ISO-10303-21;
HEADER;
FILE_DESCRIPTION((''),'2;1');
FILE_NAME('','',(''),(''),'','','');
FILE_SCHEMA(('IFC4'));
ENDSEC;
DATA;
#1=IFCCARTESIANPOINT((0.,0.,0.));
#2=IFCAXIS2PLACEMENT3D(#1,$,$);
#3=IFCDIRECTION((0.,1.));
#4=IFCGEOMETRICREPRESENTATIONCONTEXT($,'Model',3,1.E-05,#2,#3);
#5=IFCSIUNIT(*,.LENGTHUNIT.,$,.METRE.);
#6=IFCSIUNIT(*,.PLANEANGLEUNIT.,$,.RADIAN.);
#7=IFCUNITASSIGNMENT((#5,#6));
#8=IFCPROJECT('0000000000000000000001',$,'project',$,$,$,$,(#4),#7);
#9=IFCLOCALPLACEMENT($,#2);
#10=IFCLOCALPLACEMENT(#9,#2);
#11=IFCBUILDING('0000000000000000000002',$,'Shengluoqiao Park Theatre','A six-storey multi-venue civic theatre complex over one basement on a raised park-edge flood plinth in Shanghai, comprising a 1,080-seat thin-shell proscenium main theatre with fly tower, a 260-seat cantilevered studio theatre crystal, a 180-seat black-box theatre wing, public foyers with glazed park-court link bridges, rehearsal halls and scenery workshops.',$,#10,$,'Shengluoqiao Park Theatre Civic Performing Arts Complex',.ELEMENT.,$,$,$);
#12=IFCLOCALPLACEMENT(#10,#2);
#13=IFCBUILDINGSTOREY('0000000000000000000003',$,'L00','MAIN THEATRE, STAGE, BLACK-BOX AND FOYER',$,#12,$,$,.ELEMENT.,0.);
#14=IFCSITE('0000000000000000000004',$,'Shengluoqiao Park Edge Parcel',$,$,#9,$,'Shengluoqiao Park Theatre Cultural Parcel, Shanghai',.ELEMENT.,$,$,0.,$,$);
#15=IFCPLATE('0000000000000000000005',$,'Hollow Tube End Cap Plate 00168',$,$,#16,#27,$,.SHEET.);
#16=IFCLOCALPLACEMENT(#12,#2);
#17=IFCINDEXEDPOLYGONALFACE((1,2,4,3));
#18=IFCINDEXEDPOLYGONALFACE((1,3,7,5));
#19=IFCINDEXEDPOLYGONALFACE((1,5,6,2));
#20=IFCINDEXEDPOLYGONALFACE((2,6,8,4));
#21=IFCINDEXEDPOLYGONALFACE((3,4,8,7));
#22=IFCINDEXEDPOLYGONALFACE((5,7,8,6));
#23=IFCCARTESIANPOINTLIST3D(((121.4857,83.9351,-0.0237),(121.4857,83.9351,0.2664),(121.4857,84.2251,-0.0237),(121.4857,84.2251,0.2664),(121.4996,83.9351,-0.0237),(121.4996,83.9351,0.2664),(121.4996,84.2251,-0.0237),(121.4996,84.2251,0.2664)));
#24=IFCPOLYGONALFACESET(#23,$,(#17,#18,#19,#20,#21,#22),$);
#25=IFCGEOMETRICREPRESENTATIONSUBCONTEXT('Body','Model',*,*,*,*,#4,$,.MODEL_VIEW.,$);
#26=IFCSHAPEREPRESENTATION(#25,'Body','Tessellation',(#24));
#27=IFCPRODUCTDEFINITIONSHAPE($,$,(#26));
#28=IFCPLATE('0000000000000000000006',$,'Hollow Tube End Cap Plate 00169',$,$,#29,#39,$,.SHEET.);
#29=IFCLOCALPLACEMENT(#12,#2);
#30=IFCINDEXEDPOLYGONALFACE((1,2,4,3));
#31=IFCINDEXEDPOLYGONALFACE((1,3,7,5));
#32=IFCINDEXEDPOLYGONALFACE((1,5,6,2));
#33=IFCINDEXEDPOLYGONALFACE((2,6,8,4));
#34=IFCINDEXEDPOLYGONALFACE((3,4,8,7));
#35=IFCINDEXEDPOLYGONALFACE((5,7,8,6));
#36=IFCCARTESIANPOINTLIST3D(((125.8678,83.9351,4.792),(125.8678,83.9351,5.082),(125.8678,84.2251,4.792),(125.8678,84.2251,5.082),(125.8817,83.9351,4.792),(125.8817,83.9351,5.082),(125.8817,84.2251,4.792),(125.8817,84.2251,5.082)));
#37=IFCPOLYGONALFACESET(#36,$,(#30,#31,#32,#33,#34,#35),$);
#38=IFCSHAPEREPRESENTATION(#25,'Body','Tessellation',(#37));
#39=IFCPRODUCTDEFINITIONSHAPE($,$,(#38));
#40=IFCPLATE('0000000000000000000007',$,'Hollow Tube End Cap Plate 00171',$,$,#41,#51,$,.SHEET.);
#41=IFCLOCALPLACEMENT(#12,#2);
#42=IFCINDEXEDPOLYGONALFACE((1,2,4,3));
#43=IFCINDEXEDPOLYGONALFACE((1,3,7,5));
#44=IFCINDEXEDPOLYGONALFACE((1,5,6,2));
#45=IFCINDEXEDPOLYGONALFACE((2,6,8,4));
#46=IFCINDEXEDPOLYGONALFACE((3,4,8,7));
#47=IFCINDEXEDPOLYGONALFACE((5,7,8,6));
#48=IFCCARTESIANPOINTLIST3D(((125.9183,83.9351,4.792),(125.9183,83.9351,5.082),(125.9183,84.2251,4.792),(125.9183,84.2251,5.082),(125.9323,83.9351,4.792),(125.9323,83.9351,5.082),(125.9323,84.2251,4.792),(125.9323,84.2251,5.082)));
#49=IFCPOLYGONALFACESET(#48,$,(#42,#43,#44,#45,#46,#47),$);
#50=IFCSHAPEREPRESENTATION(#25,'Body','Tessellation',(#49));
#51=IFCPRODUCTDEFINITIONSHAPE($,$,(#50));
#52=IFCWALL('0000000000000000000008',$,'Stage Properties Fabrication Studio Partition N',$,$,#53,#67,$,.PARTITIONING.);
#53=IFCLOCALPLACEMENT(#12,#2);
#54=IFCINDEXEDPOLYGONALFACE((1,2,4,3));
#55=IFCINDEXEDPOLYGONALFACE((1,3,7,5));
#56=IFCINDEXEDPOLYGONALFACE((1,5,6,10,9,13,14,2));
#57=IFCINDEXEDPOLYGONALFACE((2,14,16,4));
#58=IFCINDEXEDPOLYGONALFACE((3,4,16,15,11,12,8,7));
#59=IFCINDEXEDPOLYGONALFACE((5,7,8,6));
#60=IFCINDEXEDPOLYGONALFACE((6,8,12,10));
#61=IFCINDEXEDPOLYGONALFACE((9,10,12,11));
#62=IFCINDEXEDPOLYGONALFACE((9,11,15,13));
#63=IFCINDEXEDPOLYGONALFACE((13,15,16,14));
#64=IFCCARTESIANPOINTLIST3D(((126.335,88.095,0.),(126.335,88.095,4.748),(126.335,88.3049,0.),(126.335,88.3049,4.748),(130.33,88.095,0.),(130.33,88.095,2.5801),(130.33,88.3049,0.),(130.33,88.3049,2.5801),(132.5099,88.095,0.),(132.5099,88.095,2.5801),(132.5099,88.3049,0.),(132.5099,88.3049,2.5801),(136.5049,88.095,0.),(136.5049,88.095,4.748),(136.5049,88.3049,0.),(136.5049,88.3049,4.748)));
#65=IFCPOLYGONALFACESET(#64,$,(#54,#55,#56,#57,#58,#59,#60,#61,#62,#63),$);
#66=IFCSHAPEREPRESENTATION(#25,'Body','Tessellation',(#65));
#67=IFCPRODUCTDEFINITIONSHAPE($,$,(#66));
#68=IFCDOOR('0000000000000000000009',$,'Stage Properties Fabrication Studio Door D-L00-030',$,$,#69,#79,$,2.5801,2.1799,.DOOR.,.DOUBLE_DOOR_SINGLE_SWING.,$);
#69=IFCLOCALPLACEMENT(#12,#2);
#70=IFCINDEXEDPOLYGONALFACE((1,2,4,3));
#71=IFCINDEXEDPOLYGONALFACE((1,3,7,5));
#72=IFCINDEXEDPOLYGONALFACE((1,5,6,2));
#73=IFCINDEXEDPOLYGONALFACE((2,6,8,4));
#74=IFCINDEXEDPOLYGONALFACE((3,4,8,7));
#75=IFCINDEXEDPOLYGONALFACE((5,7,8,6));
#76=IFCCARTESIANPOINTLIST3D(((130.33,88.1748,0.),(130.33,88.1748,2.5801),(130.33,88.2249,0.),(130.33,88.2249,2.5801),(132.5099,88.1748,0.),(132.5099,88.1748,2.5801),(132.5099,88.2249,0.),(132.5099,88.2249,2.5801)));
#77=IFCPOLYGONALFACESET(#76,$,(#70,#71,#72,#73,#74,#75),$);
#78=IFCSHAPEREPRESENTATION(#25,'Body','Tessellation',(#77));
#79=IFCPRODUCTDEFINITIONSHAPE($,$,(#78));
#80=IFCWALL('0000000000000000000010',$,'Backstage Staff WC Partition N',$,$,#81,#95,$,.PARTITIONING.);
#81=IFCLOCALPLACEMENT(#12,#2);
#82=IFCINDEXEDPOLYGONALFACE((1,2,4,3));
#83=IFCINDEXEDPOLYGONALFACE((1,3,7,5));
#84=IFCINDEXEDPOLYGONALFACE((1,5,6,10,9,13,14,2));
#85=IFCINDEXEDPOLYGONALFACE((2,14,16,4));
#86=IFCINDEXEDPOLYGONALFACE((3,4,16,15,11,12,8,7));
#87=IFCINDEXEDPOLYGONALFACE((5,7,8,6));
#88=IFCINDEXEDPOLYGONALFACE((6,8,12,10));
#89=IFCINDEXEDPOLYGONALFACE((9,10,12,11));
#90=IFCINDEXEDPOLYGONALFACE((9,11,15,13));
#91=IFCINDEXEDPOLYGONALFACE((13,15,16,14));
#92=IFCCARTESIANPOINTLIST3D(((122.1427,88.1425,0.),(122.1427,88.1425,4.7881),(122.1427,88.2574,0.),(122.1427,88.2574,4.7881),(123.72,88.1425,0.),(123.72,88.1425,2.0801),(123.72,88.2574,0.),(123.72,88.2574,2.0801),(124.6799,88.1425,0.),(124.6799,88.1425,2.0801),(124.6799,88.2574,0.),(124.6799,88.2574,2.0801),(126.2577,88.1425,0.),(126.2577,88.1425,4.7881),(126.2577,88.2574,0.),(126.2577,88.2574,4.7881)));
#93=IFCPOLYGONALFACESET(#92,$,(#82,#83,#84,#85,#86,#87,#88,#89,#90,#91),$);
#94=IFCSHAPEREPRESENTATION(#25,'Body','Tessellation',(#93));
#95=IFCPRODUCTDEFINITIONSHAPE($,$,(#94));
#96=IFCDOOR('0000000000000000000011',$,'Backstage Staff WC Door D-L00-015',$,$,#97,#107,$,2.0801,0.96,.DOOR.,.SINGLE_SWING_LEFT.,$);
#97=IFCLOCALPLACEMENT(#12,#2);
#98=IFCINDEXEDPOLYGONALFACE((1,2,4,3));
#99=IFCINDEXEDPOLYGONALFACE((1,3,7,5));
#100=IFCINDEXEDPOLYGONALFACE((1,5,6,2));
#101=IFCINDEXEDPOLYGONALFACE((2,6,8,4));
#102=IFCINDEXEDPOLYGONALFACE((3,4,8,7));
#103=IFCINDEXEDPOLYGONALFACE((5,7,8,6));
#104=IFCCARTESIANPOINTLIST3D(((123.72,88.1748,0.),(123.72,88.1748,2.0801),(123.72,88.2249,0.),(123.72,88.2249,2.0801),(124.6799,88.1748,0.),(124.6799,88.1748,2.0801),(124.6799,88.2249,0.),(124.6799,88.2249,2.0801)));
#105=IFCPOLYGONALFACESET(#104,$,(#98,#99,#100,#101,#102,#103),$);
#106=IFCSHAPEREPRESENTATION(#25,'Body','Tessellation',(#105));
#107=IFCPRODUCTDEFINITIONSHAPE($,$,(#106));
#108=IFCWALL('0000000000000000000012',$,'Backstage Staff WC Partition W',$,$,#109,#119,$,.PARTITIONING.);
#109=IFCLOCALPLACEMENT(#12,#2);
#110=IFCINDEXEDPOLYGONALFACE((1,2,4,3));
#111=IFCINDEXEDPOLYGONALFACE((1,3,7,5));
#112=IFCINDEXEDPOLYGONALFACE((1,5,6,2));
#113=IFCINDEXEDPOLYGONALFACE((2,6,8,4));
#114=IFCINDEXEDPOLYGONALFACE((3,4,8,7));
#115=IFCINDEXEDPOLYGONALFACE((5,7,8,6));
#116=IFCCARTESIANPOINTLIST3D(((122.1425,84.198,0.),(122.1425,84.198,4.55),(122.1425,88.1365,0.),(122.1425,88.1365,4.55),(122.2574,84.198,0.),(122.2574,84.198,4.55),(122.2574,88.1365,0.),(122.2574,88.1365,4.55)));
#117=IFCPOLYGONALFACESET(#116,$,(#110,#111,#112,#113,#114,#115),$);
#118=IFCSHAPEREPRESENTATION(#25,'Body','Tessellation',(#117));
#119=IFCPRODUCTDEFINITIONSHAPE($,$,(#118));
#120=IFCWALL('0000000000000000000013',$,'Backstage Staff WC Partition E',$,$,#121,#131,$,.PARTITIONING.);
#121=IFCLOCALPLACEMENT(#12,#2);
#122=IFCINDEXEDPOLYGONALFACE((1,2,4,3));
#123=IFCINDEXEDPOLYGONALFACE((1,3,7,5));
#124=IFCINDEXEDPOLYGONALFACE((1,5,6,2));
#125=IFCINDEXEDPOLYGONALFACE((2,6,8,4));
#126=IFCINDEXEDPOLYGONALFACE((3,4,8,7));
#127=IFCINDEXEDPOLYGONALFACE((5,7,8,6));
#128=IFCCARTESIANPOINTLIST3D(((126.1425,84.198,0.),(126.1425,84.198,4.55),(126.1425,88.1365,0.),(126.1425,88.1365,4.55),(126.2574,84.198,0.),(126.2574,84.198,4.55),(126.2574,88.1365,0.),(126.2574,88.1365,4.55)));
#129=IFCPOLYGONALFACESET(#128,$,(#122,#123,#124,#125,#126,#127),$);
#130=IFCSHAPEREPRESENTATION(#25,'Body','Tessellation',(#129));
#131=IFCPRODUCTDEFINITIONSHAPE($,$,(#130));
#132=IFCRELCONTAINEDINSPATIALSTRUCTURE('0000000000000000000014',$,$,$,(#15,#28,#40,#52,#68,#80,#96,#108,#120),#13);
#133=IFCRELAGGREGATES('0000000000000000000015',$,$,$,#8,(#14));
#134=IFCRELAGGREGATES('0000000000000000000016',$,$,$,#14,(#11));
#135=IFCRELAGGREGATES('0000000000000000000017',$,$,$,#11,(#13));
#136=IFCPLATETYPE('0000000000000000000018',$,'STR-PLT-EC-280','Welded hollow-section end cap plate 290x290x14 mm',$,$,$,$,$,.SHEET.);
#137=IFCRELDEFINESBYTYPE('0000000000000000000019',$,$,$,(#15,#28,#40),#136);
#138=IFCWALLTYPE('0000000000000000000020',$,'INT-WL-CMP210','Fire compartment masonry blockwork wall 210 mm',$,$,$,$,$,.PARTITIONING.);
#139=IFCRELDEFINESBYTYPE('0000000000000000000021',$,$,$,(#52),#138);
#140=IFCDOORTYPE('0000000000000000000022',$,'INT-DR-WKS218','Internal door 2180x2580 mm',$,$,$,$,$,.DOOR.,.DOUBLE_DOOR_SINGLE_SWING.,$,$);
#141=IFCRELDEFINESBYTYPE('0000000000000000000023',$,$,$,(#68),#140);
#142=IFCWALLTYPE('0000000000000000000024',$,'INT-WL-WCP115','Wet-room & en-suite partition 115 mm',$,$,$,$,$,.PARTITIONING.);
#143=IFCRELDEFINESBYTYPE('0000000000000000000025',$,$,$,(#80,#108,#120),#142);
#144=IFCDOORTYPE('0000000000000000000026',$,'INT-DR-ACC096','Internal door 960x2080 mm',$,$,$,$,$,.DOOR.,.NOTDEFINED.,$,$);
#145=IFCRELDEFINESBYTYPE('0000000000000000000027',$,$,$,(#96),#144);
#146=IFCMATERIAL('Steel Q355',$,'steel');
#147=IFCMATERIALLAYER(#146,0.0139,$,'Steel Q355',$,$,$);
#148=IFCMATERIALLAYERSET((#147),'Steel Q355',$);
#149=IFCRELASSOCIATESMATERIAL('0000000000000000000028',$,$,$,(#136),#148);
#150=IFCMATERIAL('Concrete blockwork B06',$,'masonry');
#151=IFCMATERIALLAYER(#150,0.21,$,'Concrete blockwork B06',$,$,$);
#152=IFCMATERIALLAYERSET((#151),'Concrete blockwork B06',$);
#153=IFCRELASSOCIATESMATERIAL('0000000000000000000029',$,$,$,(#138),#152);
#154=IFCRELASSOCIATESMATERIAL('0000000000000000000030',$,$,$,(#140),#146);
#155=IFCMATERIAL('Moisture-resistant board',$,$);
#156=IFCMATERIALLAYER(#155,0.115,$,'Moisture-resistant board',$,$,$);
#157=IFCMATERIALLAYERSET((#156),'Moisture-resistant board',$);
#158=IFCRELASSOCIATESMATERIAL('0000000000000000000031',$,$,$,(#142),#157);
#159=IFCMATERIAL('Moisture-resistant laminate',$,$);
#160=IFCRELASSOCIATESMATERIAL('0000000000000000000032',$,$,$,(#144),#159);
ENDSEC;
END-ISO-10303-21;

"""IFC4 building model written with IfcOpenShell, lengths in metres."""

from ifc_helpers import new_model, si_unit, direction, frame, frame_2d, origin, origin_2d, place, context, subcontext, project, spatial, rectangle, extrude, material, layer, layer_set, type_object, element, fill, save


model = new_model("IFC4")

# Units and contexts
model_context = context("Model", 3, precision=1e-05, world=origin(), true_north=direction((0.0, 1.0)))
body_context = subcontext(model_context, "Body", "Model", "MODEL_VIEW")
ifc_project = project(units=[si_unit("LENGTHUNIT", "METRE"), si_unit("PLANEANGLEUNIT", "RADIAN")], contexts=[model_context])

# Site, building, storey
site_placement = place(None, origin())
site = spatial("IfcSite", under=ifc_project, at=site_placement, Name="Shengluoqiao Park Edge Parcel", LongName="Shengluoqiao Park Theatre Cultural Parcel, Shanghai", CompositionType="ELEMENT", RefElevation=0.0)
building_placement = place(site_placement, origin())
building = spatial("IfcBuilding", under=site, at=building_placement, Name="Shengluoqiao Park Theatre", Description="A six-storey multi-venue civic theatre complex over one basement on a raised park-edge flood plinth in Shanghai, comprising a 1,080-seat thin-shell proscenium main theatre with fly tower, a 260-seat cantilevered studio theatre crystal, a 180-seat black-box theatre wing, public foyers with glazed park-court link bridges, rehearsal halls and scenery workshops.", LongName="Shengluoqiao Park Theatre Civic Performing Arts Complex", CompositionType="ELEMENT")
storey_placement = place(building_placement, origin())
storey = spatial("IfcBuildingStorey", under=building, at=storey_placement, Name="L00", Description="MAIN THEATRE, STAGE, BLACK-BOX AND FOYER", CompositionType="ELEMENT", Elevation=0.0)

# Shared definitions
ifc_material_1 = material(Name="Steel Q355", Category="steel")

# Plates
ifc_layer_1 = layer(ifc_material_1, 0.0139, Name="Steel Q355")
ifc_layer_set_1 = layer_set([ifc_layer_1], Name="Steel Q355")
plate_type = type_object("IfcPlateType", Name="STR-PLT-EC-280", Description="Welded hollow-section end cap plate 290x290x14 mm", PredefinedType="SHEET", material=ifc_layer_set_1)
for number, where, z_axis, x_axis, name in (
    (1, (121.4927, 84.0801, -0.0237), (0.0, 0.0, 1.0), (1.0, 0.0, 0.0), "Hollow Tube End Cap Plate 00168"),
    (2, (125.8748, 84.0801, 4.792), (0.0, 0.0, 1.0), (1.0, 0.0, 0.0), "Hollow Tube End Cap Plate 00169"),
    (3, (125.9253, 84.0801, 4.792), (0.0, 0.0, 1.0), (-1.0, 0.0, 0.0), "Hollow Tube End Cap Plate 00171"),
):
    element("IfcPlate", number, at=place(storey_placement, frame(where, z_axis=z_axis, x_axis=x_axis)), inside=storey, type_object=plate_type, Name=name, PredefinedType="SHEET", context=body_context, shape_type="SweptSolid", body=[
        extrude(rectangle(XDim=0.0139, YDim=0.29, at=origin_2d()), origin(), (0.0, 0.0, 1.0), 0.29),
    ])

# Walls, openings, doors
ifc_material_2 = material(Name="Concrete blockwork B06", Category="masonry")
ifc_layer_2 = layer(ifc_material_2, 0.21, Name="Concrete blockwork B06")
ifc_layer_set_2 = layer_set([ifc_layer_2], Name="Concrete blockwork B06")
wall_type_1 = type_object("IfcWallType", Name="INT-WL-CMP210", Description="Fire compartment masonry blockwork wall 210 mm", PredefinedType="PARTITIONING", material=ifc_layer_set_2)
wall_1_placement = place(storey_placement, frame((126.335, 88.2, 0.0), z_axis=(0.0, 0.0, 1.0), x_axis=(1.0, 0.0, 0.0)))
wall_1 = element("IfcWall", 4, at=wall_1_placement, inside=storey, type_object=wall_type_1, Name="Stage Properties Fabrication Studio Partition N", PredefinedType="PARTITIONING", context=body_context, shape_type="SweptSolid", body=[
    extrude(rectangle(XDim=10.1699, YDim=0.21, at=frame_2d((5.085, 0.0))), origin(), (0.0, 0.0, 1.0), 4.748),
])
opening_1_placement = place(wall_1_placement, frame((3.9951, 0.0, 0.0)))
opening_1 = element("IfcOpeningElement", 5, at=opening_1_placement, cuts=wall_1, PredefinedType="OPENING", context=body_context, shape_type="SweptSolid", body=[
    extrude(rectangle(XDim=2.1799, YDim=2.5801, at=frame_2d((1.0898, 1.29))), frame((0.0, 0.115, 0.0), z_axis=(0.0, -1.0, 0.0), x_axis=(1.0, 0.0, 0.0)), (0.0, 0.0, 1.0), 0.23),
])
door_type_1 = type_object("IfcDoorType", Name="INT-DR-WKS218", Description="Internal door 2180x2580 mm", OperationType="DOUBLE_DOOR_SINGLE_SWING", PredefinedType="DOOR", material=ifc_material_1)
door_1_placement = place(opening_1_placement, origin())
door_1 = element("IfcDoor", 6, at=door_1_placement, inside=storey, type_object=door_type_1, Name="Stage Properties Fabrication Studio Door D-L00-030", OperationType="DOUBLE_DOOR_SINGLE_SWING", OverallHeight=2.5801, OverallWidth=2.1799, PredefinedType="DOOR", context=body_context, shape_type="SweptSolid", body=[
    extrude(rectangle(XDim=2.1799, YDim=2.5801, at=frame_2d((1.0898, 1.29))), frame((0.0, 0.0249, 0.0), z_axis=(0.0, -1.0, 0.0), x_axis=(1.0, 0.0, 0.0)), (0.0, 0.0, 1.0), 0.05),
])
fill(opening_1, door_1)
ifc_material_3 = material(Name="Moisture-resistant board")
ifc_layer_3 = layer(ifc_material_3, 0.115, Name="Moisture-resistant board")
ifc_layer_set_3 = layer_set([ifc_layer_3], Name="Moisture-resistant board")
wall_type_2 = type_object("IfcWallType", Name="INT-WL-WCP115", Description="Wet-room & en-suite partition 115 mm", PredefinedType="PARTITIONING", material=ifc_layer_set_3)
wall_2_placement = place(storey_placement, frame((122.1426, 88.2, 0.0), z_axis=(0.0, 0.0, 1.0), x_axis=(1.0, 0.0, 0.0)))
wall_2 = element("IfcWall", 7, at=wall_2_placement, inside=storey, type_object=wall_type_2, Name="Backstage Staff WC Partition N", PredefinedType="PARTITIONING", context=body_context, shape_type="SweptSolid", body=[
    extrude(rectangle(XDim=4.115, YDim=0.115, at=frame_2d((2.0576, 0.0))), origin(), (0.0, 0.0, 1.0), 4.7881),
])
opening_2_placement = place(wall_2_placement, frame((1.5774, 0.0, 0.0)))
opening_2 = element("IfcOpeningElement", 8, at=opening_2_placement, cuts=wall_2, PredefinedType="OPENING", context=body_context, shape_type="SweptSolid", body=[
    extrude(rectangle(XDim=0.96, YDim=2.0801, at=frame_2d((0.48, 1.04))), frame((0.0, 0.0674, 0.0), z_axis=(0.0, -1.0, 0.0), x_axis=(1.0, 0.0, 0.0)), (0.0, 0.0, 1.0), 0.135),
])
ifc_material_4 = material(Name="Moisture-resistant laminate")
door_type_2 = type_object("IfcDoorType", Name="INT-DR-ACC096", Description="Internal door 960x2080 mm", OperationType="NOTDEFINED", PredefinedType="DOOR", material=ifc_material_4)
door_2_placement = place(opening_2_placement, origin())
door_2 = element("IfcDoor", 9, at=door_2_placement, inside=storey, type_object=door_type_2, Name="Backstage Staff WC Door D-L00-015", OperationType="SINGLE_SWING_LEFT", OverallHeight=2.0801, OverallWidth=0.96, PredefinedType="DOOR", context=body_context, shape_type="SweptSolid", body=[
    extrude(rectangle(XDim=0.96, YDim=2.0801, at=frame_2d((0.48, 1.04))), frame((0.0, 0.0249, 0.0), z_axis=(0.0, -1.0, 0.0), x_axis=(1.0, 0.0, 0.0)), (0.0, 0.0, 1.0), 0.05),
])
fill(opening_2, door_2)

# Walls
for number, where, z_axis, x_axis, name in (
    (10, (122.2, 84.198, 0.0), (0.0, 0.0, 1.0), (0.0, 1.0, 0.0), "Backstage Staff WC Partition W"),
    (11, (126.2, 84.198, 0.0), (0.0, 0.0, 1.0), (0.0, 1.0, 0.0), "Backstage Staff WC Partition E"),
):
    element("IfcWall", number, at=place(storey_placement, frame(where, z_axis=z_axis, x_axis=x_axis)), inside=storey, type_object=wall_type_2, Name=name, PredefinedType="PARTITIONING", context=body_context, shape_type="SweptSolid", body=[
        extrude(rectangle(XDim=3.9385, YDim=0.115, at=frame_2d((1.9692, 0.0))), origin(), (0.0, 0.0, 1.0), 4.55),
    ])

save(model, "model.ifc")
